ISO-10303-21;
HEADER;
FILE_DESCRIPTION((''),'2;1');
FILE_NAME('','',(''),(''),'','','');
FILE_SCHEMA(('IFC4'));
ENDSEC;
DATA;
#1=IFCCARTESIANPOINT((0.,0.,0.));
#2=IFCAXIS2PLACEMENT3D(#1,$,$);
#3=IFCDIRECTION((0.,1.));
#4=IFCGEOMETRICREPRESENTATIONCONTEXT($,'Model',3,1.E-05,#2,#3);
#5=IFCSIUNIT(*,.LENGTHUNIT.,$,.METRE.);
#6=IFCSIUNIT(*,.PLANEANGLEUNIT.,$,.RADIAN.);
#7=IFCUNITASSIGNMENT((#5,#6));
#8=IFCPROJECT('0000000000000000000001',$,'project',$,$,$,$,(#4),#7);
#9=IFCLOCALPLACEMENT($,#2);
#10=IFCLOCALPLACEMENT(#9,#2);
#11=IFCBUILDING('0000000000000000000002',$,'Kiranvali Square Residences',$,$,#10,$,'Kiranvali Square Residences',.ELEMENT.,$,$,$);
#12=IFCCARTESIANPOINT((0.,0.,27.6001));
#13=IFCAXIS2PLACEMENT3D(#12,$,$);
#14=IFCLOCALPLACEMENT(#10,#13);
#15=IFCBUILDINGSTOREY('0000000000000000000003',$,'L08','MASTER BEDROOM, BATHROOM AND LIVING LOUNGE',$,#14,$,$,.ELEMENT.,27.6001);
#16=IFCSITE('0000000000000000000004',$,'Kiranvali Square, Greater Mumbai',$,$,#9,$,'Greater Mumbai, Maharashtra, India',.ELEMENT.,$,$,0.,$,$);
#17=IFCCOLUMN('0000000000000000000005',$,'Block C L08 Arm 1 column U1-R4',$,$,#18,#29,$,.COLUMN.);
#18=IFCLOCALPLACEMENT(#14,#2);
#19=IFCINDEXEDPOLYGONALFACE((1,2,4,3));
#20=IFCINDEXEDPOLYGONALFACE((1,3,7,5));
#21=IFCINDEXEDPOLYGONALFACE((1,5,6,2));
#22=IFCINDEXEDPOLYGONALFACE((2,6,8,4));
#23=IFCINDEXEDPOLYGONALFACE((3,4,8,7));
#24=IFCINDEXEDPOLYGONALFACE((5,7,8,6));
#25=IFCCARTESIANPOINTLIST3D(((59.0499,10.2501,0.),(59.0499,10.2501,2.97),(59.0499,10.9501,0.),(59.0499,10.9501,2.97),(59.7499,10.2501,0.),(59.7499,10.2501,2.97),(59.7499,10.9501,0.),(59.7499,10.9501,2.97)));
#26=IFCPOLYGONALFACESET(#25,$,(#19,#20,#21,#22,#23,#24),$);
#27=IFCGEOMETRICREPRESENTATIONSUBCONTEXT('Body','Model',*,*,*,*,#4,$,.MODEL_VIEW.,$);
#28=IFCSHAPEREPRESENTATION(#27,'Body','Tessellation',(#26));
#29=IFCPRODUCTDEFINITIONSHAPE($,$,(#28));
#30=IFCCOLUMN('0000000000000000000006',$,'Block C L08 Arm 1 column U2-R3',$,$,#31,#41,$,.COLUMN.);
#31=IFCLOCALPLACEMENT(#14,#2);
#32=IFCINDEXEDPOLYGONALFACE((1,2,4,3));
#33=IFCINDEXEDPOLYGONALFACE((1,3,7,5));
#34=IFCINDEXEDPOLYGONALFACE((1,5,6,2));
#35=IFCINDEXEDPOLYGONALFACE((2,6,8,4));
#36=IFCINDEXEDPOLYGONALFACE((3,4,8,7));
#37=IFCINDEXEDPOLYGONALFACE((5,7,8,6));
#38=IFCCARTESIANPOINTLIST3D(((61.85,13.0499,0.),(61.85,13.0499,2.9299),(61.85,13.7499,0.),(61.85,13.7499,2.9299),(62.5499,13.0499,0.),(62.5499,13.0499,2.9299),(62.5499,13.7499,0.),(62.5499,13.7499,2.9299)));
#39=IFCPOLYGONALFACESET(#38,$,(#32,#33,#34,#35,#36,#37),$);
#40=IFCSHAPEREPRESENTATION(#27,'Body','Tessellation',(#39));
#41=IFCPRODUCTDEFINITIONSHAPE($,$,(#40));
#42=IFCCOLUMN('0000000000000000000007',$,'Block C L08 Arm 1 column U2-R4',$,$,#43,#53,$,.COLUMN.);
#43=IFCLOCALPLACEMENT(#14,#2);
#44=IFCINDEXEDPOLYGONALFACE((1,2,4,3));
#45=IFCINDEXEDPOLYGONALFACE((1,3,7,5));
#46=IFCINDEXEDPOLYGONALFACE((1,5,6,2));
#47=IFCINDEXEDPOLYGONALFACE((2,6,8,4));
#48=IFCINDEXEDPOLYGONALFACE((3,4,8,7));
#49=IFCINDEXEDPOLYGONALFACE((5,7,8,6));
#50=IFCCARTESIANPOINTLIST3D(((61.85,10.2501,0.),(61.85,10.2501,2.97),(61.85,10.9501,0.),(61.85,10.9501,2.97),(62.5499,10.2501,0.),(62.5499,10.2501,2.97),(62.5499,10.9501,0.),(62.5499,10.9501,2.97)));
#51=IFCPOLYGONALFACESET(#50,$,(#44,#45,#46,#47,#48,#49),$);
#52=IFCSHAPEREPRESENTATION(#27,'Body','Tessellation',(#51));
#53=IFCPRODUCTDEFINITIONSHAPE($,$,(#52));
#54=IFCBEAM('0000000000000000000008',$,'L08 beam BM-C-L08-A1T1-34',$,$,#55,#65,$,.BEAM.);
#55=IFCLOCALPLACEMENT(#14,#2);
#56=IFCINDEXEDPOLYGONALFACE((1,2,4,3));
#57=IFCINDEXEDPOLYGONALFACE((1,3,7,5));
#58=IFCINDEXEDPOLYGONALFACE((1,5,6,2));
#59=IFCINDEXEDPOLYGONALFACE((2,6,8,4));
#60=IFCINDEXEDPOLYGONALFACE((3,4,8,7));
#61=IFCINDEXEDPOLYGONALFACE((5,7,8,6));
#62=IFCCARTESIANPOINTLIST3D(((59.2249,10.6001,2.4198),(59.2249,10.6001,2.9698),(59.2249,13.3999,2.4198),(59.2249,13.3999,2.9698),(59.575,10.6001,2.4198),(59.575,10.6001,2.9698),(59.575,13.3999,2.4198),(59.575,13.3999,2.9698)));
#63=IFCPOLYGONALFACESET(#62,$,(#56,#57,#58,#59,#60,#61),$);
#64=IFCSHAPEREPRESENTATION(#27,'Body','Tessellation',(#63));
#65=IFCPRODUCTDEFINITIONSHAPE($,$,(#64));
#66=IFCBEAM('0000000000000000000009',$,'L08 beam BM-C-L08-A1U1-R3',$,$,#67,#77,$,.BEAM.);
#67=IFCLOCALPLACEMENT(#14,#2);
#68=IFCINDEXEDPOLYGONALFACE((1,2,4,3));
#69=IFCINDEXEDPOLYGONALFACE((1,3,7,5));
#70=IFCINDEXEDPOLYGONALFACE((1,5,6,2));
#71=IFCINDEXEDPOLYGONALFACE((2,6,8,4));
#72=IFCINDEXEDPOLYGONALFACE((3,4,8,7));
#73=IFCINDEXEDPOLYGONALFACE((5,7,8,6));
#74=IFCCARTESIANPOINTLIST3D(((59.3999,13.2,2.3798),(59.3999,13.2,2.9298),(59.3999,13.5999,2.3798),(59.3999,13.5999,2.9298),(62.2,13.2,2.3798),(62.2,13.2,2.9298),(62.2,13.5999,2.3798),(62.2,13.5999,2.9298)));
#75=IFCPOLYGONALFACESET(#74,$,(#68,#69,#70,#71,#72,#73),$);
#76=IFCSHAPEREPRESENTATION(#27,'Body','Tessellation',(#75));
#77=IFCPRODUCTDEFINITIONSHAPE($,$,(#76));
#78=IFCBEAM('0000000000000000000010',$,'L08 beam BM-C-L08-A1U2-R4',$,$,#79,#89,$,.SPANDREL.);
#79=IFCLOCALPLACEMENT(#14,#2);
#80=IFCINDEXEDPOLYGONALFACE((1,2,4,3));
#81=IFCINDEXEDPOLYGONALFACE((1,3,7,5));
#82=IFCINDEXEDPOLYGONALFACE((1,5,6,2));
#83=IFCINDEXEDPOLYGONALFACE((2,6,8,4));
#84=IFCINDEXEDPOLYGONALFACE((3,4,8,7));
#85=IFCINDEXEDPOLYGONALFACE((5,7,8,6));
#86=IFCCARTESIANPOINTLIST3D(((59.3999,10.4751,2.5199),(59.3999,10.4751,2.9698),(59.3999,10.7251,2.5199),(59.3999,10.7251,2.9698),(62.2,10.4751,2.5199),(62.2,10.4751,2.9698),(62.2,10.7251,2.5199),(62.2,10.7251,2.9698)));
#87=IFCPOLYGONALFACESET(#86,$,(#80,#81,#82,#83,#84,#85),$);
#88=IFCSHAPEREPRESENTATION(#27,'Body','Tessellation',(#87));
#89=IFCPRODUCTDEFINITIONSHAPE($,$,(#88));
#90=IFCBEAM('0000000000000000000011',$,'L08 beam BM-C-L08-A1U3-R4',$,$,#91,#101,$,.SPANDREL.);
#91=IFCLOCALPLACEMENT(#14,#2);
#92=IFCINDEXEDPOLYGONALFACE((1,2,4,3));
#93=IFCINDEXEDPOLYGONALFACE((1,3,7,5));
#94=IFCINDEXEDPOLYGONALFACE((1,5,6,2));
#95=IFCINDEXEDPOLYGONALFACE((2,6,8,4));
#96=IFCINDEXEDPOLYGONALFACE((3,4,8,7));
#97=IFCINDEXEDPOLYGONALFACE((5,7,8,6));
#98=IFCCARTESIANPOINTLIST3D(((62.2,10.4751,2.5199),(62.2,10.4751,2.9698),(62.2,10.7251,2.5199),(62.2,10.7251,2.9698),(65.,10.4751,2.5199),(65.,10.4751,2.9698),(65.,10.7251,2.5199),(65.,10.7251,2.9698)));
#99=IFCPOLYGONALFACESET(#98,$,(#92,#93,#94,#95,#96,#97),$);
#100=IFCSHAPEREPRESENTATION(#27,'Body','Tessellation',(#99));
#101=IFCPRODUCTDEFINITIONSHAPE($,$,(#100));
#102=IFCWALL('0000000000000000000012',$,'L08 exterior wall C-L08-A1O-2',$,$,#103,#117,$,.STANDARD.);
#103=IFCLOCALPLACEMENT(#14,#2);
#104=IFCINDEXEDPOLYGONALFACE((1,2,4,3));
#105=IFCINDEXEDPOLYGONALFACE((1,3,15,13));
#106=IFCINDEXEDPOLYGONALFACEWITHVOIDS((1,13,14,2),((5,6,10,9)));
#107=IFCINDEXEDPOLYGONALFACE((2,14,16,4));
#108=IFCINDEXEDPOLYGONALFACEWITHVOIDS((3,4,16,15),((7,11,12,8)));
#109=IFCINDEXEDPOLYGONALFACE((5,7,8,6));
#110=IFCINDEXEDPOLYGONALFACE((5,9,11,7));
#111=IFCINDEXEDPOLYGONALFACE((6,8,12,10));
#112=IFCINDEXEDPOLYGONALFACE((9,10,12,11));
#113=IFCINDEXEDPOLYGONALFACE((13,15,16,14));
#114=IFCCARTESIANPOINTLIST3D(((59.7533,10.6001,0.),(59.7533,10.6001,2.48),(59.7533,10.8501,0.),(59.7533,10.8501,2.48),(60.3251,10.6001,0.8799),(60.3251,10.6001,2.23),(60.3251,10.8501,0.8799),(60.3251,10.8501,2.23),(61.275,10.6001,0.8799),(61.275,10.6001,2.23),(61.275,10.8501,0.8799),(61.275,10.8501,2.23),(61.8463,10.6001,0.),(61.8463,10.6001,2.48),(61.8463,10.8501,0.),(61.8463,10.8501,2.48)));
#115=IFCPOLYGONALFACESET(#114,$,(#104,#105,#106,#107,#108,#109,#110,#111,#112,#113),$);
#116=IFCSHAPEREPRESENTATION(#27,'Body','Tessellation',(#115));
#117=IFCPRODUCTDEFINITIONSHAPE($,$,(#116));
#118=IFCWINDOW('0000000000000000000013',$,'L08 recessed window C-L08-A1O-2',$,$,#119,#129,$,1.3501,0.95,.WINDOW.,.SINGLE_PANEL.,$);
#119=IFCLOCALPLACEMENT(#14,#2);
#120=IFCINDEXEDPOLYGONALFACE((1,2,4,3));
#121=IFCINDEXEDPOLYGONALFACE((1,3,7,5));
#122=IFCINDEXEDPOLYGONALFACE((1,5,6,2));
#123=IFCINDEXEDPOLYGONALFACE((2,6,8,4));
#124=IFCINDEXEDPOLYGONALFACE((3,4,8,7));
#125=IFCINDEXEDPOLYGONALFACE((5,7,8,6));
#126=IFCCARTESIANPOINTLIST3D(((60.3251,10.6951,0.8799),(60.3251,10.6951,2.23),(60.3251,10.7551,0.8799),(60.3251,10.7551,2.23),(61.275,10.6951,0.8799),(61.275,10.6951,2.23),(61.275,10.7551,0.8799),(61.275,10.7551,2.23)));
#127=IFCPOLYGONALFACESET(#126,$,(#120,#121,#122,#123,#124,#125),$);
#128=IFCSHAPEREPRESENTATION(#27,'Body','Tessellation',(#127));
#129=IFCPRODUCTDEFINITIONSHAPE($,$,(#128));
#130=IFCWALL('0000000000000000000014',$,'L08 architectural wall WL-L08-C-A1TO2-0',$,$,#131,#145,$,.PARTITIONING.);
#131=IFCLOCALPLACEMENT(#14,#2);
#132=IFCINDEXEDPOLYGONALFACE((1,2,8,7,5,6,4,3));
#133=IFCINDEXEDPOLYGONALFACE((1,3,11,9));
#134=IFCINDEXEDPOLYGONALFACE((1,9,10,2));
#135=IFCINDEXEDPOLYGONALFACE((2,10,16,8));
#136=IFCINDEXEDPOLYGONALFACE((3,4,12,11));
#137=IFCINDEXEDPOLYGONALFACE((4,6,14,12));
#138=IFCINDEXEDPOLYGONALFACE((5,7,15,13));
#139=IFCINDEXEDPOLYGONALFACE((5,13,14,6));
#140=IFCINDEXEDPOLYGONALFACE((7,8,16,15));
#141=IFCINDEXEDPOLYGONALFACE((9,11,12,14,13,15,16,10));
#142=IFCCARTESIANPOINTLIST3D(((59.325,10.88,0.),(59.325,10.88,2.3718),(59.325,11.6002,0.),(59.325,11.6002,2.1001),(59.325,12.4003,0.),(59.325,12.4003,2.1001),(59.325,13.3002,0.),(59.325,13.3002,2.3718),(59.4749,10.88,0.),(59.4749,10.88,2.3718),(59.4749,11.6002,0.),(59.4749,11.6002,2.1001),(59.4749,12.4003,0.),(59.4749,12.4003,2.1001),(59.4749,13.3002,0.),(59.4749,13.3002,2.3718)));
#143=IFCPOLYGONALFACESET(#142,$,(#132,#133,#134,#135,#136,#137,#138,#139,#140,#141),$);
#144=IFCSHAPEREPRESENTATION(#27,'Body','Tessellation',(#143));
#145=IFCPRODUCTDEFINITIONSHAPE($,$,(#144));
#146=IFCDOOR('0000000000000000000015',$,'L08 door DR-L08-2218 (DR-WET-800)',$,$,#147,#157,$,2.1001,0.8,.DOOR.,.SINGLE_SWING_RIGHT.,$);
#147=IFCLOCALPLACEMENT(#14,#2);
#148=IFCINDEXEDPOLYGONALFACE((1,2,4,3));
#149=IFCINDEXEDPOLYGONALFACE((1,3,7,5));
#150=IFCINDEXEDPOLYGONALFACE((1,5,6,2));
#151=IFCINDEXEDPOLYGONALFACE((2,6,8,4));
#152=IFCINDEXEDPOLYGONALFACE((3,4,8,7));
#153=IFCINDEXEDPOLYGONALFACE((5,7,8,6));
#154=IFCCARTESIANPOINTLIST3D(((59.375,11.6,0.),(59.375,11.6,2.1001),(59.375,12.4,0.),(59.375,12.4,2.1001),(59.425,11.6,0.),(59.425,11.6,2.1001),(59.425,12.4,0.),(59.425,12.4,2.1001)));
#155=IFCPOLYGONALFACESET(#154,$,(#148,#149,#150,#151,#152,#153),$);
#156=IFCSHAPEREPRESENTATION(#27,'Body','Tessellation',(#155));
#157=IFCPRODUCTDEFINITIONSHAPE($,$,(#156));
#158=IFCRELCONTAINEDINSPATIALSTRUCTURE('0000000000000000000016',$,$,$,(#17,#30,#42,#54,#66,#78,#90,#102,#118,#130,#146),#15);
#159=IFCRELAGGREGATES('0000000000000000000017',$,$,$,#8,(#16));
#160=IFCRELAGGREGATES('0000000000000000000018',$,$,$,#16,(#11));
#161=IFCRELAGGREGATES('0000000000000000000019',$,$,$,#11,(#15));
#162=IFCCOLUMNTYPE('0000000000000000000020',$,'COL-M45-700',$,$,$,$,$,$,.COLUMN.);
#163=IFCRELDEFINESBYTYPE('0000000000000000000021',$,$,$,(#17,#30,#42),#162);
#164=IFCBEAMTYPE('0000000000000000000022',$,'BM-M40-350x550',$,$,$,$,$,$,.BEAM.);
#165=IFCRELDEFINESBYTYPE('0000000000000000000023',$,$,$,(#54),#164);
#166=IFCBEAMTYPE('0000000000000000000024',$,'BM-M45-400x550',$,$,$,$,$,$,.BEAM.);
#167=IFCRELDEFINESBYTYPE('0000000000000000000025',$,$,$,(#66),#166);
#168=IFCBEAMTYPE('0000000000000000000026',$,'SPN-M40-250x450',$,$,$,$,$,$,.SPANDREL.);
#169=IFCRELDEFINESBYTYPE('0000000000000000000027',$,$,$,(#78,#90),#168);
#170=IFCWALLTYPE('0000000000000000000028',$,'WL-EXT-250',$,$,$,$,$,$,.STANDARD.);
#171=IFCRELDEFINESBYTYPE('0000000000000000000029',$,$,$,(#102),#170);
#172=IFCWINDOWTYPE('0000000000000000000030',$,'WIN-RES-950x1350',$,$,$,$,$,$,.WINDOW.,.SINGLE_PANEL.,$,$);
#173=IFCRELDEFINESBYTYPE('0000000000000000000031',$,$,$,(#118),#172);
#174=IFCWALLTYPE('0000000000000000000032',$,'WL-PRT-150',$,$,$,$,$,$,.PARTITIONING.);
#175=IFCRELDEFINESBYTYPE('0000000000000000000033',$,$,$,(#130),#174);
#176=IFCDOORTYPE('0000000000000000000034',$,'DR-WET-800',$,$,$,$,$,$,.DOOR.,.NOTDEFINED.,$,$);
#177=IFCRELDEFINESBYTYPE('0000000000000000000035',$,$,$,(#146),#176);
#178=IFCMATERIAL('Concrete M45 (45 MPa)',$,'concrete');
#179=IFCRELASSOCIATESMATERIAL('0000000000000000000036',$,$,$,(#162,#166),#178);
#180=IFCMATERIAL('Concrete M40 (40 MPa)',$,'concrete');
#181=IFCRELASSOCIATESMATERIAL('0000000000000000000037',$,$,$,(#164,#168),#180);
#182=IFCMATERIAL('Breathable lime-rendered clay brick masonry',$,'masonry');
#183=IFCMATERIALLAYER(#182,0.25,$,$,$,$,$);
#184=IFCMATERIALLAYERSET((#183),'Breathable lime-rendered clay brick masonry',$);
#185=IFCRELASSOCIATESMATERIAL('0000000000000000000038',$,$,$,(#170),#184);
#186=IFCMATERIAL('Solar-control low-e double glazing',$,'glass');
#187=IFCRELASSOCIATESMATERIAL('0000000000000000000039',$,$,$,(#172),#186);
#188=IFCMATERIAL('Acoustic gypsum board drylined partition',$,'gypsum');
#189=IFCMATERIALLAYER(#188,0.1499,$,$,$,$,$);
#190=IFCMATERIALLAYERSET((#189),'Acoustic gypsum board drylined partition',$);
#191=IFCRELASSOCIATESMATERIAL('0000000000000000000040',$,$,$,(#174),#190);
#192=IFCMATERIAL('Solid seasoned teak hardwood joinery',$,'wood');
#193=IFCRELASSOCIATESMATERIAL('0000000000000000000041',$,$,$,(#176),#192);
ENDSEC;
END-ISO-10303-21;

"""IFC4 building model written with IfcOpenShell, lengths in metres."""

from ifc_helpers import new_model, si_unit, direction, frame, frame_2d, origin, origin_2d, place, context, subcontext, project, spatial, rectangle, extrude, material, layer, layer_set, material_profile, profile_set, type_object, element, fill, save


model = new_model("IFC4")

# Units and contexts
model_context = context("Model", 3, precision=1e-05, world=origin(), true_north=direction((0.0, 1.0)))
body_context = subcontext(model_context, "Body", "Model", "MODEL_VIEW")
ifc_project = project(units=[si_unit("LENGTHUNIT", "METRE"), si_unit("PLANEANGLEUNIT", "RADIAN")], contexts=[model_context])

# Site, building, storey
site_placement = place(None, origin())
site = spatial("IfcSite", under=ifc_project, at=site_placement, Name="Kiranvali Square, Greater Mumbai", LongName="Greater Mumbai, Maharashtra, India", CompositionType="ELEMENT", RefElevation=0.0)
building_placement = place(site_placement, origin())
building = spatial("IfcBuilding", under=site, at=building_placement, Name="Kiranvali Square Residences", LongName="Kiranvali Square Residences", CompositionType="ELEMENT")
storey_placement = place(building_placement, frame((0.0, 0.0, 27.6001)))
storey = spatial("IfcBuildingStorey", under=building, at=storey_placement, Name="L08", Description="MASTER BEDROOM, BATHROOM AND LIVING LOUNGE", CompositionType="ELEMENT", Elevation=27.6001)

# Columns
ifc_material_1 = material(Name="Concrete M45 (45 MPa)", Category="concrete")
ifc_material_profile_1 = material_profile(ifc_material_1, rectangle(XDim=0.7, YDim=0.7, at=origin_2d()), Name="RC 700x700")
ifc_profile_set_1 = profile_set([ifc_material_profile_1], Name="Concrete M45 (45 MPa)")
column_type = type_object("IfcColumnType", Name="COL-M45-700", PredefinedType="COLUMN", material=ifc_profile_set_1)
column_1_placement = place(storey_placement, frame((59.3999, 10.6001, 0.0), z_axis=(0.0, 0.0, 1.0), x_axis=(1.0, 0.0, 0.0)))
element("IfcColumn", 1, at=column_1_placement, inside=storey, type_object=column_type, Name="Block C L08 Arm 1 column U1-R4", PredefinedType="COLUMN", context=body_context, shape_type="SweptSolid", body=[
    extrude(rectangle(XDim=0.7, YDim=0.7, at=origin_2d()), origin(), (0.0, 0.0, 1.0), 2.97),
])
column_2_placement = place(storey_placement, frame((62.2, 13.3999, 0.0), z_axis=(0.0, 0.0, 1.0), x_axis=(1.0, 0.0, 0.0)))
element("IfcColumn", 2, at=column_2_placement, inside=storey, type_object=column_type, Name="Block C L08 Arm 1 column U2-R3", PredefinedType="COLUMN", context=body_context, shape_type="SweptSolid", body=[
    extrude(rectangle(XDim=0.7, YDim=0.7, at=origin_2d()), origin(), (0.0, 0.0, 1.0), 2.9299),
])
column_3_placement = place(storey_placement, frame((62.2, 10.6001, 0.0), z_axis=(0.0, 0.0, 1.0), x_axis=(1.0, 0.0, 0.0)))
element("IfcColumn", 3, at=column_3_placement, inside=storey, type_object=column_type, Name="Block C L08 Arm 1 column U2-R4", PredefinedType="COLUMN", context=body_context, shape_type="SweptSolid", body=[
    extrude(rectangle(XDim=0.7, YDim=0.7, at=origin_2d()), origin(), (0.0, 0.0, 1.0), 2.97),
])

# Beams
ifc_material_2 = material(Name="Concrete M40 (40 MPa)", Category="concrete")
ifc_material_profile_2 = material_profile(ifc_material_2, rectangle(XDim=0.3501, YDim=0.55, at=origin_2d()), Name="RC 350x550")
ifc_profile_set_2 = profile_set([ifc_material_profile_2], Name="Concrete M40 (40 MPa)")
beam_type_1 = type_object("IfcBeamType", Name="BM-M40-350x550", PredefinedType="BEAM", material=ifc_profile_set_2)
beam_1_placement = place(storey_placement, frame((59.3999, 13.3999, 2.6948), z_axis=(0.0, -1.0, 0.0), x_axis=(1.0, 0.0, 0.0)))
element("IfcBeam", 4, at=beam_1_placement, inside=storey, type_object=beam_type_1, Name="L08 beam BM-C-L08-A1T1-34", PredefinedType="BEAM", context=body_context, shape_type="SweptSolid", body=[
    extrude(rectangle(XDim=0.3501, YDim=0.55, at=origin_2d()), origin(), (0.0, 0.0, 1.0), 2.7998),
])
ifc_material_profile_3 = material_profile(ifc_material_1, rectangle(XDim=0.3999, YDim=0.55, at=origin_2d()), Name="RC 400x550")
ifc_profile_set_3 = profile_set([ifc_material_profile_3], Name="Concrete M45 (45 MPa)")
beam_type_2 = type_object("IfcBeamType", Name="BM-M45-400x550", PredefinedType="BEAM", material=ifc_profile_set_3)
beam_2_placement = place(storey_placement, frame((59.3999, 13.3999, 2.6548), z_axis=(1.0, 0.0, 0.0), x_axis=(0.0, 1.0, 0.0)))
element("IfcBeam", 5, at=beam_2_placement, inside=storey, type_object=beam_type_2, Name="L08 beam BM-C-L08-A1U1-R3", PredefinedType="BEAM", context=body_context, shape_type="SweptSolid", body=[
    extrude(rectangle(XDim=0.3999, YDim=0.55, at=origin_2d()), origin(), (0.0, 0.0, 1.0), 2.8),
])
ifc_material_profile_4 = material_profile(ifc_material_2, rectangle(XDim=0.25, YDim=0.45, at=origin_2d()), Name="RC 250x450")
ifc_profile_set_4 = profile_set([ifc_material_profile_4], Name="Concrete M40 (40 MPa)")
beam_type_3 = type_object("IfcBeamType", Name="SPN-M40-250x450", PredefinedType="SPANDREL", material=ifc_profile_set_4)
for number, where, z_axis, x_axis, name in (
    (6, (59.3999, 10.6001, 2.7449), (1.0, 0.0, 0.0), (0.0, 1.0, 0.0), "L08 beam BM-C-L08-A1U2-R4"),
    (7, (62.2, 10.6001, 2.7449), (1.0, 0.0, 0.0), (0.0, 1.0, 0.0), "L08 beam BM-C-L08-A1U3-R4"),
):
    element("IfcBeam", number, at=place(storey_placement, frame(where, z_axis=z_axis, x_axis=x_axis)), inside=storey, type_object=beam_type_3, Name=name, PredefinedType="SPANDREL", context=body_context, shape_type="SweptSolid", body=[
        extrude(rectangle(XDim=0.25, YDim=0.45, at=origin_2d()), origin(), (0.0, 0.0, 1.0), 2.8),
    ])

# Wall, opening, window
ifc_material_3 = material(Name="Breathable lime-rendered clay brick masonry", Category="masonry")
ifc_layer_1 = layer(ifc_material_3, 0.25)
ifc_layer_set_1 = layer_set([ifc_layer_1], Name="Breathable lime-rendered clay brick masonry")
wall_type_1 = type_object("IfcWallType", Name="WL-EXT-250", PredefinedType="STANDARD", material=ifc_layer_set_1)
wall_1_placement = place(storey_placement, frame((59.7534, 10.7251, 0.0), z_axis=(0.0, 0.0, 1.0), x_axis=(1.0, 0.0, 0.0)))
wall_1 = element("IfcWall", 8, at=wall_1_placement, inside=storey, type_object=wall_type_1, Name="L08 exterior wall C-L08-A1O-2", PredefinedType="STANDARD", context=body_context, shape_type="SweptSolid", body=[
    extrude(rectangle(XDim=2.093, YDim=0.25, at=frame_2d((1.0464, 0.0))), origin(), (0.0, 0.0, 1.0), 2.48),
])
opening_1_placement = place(wall_1_placement, frame((0.5715, 0.0, 0.8799)))
opening_1 = element("IfcOpeningElement", 9, at=opening_1_placement, cuts=wall_1, PredefinedType="OPENING", context=body_context, shape_type="SweptSolid", body=[
    extrude(rectangle(XDim=0.95, YDim=1.3501, at=frame_2d((0.4751, 0.675))), frame((0.0, 0.135, 0.0), z_axis=(0.0, -1.0, 0.0), x_axis=(1.0, 0.0, 0.0)), (0.0, 0.0, 1.0), 0.27),
])
ifc_material_4 = material(Name="Solar-control low-e double glazing", Category="glass")
window_type = type_object("IfcWindowType", Name="WIN-RES-950x1350", PartitioningType="SINGLE_PANEL", PredefinedType="WINDOW", material=ifc_material_4)
window_placement = place(opening_1_placement, origin())
window = element("IfcWindow", 10, at=window_placement, inside=storey, type_object=window_type, Name="L08 recessed window C-L08-A1O-2", OverallHeight=1.3501, OverallWidth=0.95, PartitioningType="SINGLE_PANEL", PredefinedType="WINDOW", context=body_context, shape_type="SweptSolid", body=[
    extrude(rectangle(XDim=0.95, YDim=1.3501, at=frame_2d((0.4751, 0.675))), frame((0.0, 0.03, 0.0), z_axis=(0.0, -1.0, 0.0), x_axis=(1.0, 0.0, 0.0)), (0.0, 0.0, 1.0), 0.0601),
])
fill(opening_1, window)

# Wall, opening, door
ifc_material_5 = material(Name="Acoustic gypsum board drylined partition", Category="gypsum")
ifc_layer_2 = layer(ifc_material_5, 0.1499)
ifc_layer_set_2 = layer_set([ifc_layer_2], Name="Acoustic gypsum board drylined partition")
wall_type_2 = type_object("IfcWallType", Name="WL-PRT-150", PredefinedType="PARTITIONING", material=ifc_layer_set_2)
wall_2_placement = place(storey_placement, frame((59.3999, 13.3, 0.0), z_axis=(0.0, 0.0, 1.0), x_axis=(0.0, -1.0, 0.0)))
wall_2 = element("IfcWall", 11, at=wall_2_placement, inside=storey, type_object=wall_type_2, Name="L08 architectural wall WL-L08-C-A1TO2-0", PredefinedType="PARTITIONING", context=body_context, shape_type="SweptSolid", body=[
    extrude(rectangle(XDim=2.4202, YDim=0.1499, at=frame_2d((1.21, 0.0))), origin(), (0.0, 0.0, 1.0), 2.3718),
])
opening_2_placement = place(wall_2_placement, frame((0.8999, 0.0, 0.0)))
opening_2 = element("IfcOpeningElement", 12, at=opening_2_placement, cuts=wall_2, PredefinedType="OPENING", context=body_context, shape_type="SweptSolid", body=[
    extrude(rectangle(XDim=0.8, YDim=2.1001, at=frame_2d((0.3999, 1.05))), frame((0.0, 0.085, 0.0), z_axis=(0.0, -1.0, 0.0), x_axis=(1.0, 0.0, 0.0)), (0.0, 0.0, 1.0), 0.1699),
])
ifc_material_6 = material(Name="Solid seasoned teak hardwood joinery", Category="wood")
door_type_1 = type_object("IfcDoorType", Name="DR-WET-800", OperationType="NOTDEFINED", PredefinedType="DOOR", material=ifc_material_6)
door_1_placement = place(opening_2_placement, frame((0.8, 0.0, 0.0), z_axis=(0.0, 0.0, 1.0), x_axis=(-1.0, 0.0, 0.0)))
door_1 = element("IfcDoor", 13, at=door_1_placement, inside=storey, type_object=door_type_1, Name="L08 door DR-L08-2218 (DR-WET-800)", OperationType="SINGLE_SWING_RIGHT", OverallHeight=2.1001, OverallWidth=0.8, PredefinedType="DOOR", context=body_context, shape_type="SweptSolid", body=[
    extrude(rectangle(XDim=0.8, YDim=2.1001, at=frame_2d((0.3999, 1.05))), frame((0.0, 0.0249, 0.0), z_axis=(0.0, -1.0, 0.0), x_axis=(1.0, 0.0, 0.0)), (0.0, 0.0, 1.0), 0.05),
])
fill(opening_2, door_1)

save(model, "model.ifc")
